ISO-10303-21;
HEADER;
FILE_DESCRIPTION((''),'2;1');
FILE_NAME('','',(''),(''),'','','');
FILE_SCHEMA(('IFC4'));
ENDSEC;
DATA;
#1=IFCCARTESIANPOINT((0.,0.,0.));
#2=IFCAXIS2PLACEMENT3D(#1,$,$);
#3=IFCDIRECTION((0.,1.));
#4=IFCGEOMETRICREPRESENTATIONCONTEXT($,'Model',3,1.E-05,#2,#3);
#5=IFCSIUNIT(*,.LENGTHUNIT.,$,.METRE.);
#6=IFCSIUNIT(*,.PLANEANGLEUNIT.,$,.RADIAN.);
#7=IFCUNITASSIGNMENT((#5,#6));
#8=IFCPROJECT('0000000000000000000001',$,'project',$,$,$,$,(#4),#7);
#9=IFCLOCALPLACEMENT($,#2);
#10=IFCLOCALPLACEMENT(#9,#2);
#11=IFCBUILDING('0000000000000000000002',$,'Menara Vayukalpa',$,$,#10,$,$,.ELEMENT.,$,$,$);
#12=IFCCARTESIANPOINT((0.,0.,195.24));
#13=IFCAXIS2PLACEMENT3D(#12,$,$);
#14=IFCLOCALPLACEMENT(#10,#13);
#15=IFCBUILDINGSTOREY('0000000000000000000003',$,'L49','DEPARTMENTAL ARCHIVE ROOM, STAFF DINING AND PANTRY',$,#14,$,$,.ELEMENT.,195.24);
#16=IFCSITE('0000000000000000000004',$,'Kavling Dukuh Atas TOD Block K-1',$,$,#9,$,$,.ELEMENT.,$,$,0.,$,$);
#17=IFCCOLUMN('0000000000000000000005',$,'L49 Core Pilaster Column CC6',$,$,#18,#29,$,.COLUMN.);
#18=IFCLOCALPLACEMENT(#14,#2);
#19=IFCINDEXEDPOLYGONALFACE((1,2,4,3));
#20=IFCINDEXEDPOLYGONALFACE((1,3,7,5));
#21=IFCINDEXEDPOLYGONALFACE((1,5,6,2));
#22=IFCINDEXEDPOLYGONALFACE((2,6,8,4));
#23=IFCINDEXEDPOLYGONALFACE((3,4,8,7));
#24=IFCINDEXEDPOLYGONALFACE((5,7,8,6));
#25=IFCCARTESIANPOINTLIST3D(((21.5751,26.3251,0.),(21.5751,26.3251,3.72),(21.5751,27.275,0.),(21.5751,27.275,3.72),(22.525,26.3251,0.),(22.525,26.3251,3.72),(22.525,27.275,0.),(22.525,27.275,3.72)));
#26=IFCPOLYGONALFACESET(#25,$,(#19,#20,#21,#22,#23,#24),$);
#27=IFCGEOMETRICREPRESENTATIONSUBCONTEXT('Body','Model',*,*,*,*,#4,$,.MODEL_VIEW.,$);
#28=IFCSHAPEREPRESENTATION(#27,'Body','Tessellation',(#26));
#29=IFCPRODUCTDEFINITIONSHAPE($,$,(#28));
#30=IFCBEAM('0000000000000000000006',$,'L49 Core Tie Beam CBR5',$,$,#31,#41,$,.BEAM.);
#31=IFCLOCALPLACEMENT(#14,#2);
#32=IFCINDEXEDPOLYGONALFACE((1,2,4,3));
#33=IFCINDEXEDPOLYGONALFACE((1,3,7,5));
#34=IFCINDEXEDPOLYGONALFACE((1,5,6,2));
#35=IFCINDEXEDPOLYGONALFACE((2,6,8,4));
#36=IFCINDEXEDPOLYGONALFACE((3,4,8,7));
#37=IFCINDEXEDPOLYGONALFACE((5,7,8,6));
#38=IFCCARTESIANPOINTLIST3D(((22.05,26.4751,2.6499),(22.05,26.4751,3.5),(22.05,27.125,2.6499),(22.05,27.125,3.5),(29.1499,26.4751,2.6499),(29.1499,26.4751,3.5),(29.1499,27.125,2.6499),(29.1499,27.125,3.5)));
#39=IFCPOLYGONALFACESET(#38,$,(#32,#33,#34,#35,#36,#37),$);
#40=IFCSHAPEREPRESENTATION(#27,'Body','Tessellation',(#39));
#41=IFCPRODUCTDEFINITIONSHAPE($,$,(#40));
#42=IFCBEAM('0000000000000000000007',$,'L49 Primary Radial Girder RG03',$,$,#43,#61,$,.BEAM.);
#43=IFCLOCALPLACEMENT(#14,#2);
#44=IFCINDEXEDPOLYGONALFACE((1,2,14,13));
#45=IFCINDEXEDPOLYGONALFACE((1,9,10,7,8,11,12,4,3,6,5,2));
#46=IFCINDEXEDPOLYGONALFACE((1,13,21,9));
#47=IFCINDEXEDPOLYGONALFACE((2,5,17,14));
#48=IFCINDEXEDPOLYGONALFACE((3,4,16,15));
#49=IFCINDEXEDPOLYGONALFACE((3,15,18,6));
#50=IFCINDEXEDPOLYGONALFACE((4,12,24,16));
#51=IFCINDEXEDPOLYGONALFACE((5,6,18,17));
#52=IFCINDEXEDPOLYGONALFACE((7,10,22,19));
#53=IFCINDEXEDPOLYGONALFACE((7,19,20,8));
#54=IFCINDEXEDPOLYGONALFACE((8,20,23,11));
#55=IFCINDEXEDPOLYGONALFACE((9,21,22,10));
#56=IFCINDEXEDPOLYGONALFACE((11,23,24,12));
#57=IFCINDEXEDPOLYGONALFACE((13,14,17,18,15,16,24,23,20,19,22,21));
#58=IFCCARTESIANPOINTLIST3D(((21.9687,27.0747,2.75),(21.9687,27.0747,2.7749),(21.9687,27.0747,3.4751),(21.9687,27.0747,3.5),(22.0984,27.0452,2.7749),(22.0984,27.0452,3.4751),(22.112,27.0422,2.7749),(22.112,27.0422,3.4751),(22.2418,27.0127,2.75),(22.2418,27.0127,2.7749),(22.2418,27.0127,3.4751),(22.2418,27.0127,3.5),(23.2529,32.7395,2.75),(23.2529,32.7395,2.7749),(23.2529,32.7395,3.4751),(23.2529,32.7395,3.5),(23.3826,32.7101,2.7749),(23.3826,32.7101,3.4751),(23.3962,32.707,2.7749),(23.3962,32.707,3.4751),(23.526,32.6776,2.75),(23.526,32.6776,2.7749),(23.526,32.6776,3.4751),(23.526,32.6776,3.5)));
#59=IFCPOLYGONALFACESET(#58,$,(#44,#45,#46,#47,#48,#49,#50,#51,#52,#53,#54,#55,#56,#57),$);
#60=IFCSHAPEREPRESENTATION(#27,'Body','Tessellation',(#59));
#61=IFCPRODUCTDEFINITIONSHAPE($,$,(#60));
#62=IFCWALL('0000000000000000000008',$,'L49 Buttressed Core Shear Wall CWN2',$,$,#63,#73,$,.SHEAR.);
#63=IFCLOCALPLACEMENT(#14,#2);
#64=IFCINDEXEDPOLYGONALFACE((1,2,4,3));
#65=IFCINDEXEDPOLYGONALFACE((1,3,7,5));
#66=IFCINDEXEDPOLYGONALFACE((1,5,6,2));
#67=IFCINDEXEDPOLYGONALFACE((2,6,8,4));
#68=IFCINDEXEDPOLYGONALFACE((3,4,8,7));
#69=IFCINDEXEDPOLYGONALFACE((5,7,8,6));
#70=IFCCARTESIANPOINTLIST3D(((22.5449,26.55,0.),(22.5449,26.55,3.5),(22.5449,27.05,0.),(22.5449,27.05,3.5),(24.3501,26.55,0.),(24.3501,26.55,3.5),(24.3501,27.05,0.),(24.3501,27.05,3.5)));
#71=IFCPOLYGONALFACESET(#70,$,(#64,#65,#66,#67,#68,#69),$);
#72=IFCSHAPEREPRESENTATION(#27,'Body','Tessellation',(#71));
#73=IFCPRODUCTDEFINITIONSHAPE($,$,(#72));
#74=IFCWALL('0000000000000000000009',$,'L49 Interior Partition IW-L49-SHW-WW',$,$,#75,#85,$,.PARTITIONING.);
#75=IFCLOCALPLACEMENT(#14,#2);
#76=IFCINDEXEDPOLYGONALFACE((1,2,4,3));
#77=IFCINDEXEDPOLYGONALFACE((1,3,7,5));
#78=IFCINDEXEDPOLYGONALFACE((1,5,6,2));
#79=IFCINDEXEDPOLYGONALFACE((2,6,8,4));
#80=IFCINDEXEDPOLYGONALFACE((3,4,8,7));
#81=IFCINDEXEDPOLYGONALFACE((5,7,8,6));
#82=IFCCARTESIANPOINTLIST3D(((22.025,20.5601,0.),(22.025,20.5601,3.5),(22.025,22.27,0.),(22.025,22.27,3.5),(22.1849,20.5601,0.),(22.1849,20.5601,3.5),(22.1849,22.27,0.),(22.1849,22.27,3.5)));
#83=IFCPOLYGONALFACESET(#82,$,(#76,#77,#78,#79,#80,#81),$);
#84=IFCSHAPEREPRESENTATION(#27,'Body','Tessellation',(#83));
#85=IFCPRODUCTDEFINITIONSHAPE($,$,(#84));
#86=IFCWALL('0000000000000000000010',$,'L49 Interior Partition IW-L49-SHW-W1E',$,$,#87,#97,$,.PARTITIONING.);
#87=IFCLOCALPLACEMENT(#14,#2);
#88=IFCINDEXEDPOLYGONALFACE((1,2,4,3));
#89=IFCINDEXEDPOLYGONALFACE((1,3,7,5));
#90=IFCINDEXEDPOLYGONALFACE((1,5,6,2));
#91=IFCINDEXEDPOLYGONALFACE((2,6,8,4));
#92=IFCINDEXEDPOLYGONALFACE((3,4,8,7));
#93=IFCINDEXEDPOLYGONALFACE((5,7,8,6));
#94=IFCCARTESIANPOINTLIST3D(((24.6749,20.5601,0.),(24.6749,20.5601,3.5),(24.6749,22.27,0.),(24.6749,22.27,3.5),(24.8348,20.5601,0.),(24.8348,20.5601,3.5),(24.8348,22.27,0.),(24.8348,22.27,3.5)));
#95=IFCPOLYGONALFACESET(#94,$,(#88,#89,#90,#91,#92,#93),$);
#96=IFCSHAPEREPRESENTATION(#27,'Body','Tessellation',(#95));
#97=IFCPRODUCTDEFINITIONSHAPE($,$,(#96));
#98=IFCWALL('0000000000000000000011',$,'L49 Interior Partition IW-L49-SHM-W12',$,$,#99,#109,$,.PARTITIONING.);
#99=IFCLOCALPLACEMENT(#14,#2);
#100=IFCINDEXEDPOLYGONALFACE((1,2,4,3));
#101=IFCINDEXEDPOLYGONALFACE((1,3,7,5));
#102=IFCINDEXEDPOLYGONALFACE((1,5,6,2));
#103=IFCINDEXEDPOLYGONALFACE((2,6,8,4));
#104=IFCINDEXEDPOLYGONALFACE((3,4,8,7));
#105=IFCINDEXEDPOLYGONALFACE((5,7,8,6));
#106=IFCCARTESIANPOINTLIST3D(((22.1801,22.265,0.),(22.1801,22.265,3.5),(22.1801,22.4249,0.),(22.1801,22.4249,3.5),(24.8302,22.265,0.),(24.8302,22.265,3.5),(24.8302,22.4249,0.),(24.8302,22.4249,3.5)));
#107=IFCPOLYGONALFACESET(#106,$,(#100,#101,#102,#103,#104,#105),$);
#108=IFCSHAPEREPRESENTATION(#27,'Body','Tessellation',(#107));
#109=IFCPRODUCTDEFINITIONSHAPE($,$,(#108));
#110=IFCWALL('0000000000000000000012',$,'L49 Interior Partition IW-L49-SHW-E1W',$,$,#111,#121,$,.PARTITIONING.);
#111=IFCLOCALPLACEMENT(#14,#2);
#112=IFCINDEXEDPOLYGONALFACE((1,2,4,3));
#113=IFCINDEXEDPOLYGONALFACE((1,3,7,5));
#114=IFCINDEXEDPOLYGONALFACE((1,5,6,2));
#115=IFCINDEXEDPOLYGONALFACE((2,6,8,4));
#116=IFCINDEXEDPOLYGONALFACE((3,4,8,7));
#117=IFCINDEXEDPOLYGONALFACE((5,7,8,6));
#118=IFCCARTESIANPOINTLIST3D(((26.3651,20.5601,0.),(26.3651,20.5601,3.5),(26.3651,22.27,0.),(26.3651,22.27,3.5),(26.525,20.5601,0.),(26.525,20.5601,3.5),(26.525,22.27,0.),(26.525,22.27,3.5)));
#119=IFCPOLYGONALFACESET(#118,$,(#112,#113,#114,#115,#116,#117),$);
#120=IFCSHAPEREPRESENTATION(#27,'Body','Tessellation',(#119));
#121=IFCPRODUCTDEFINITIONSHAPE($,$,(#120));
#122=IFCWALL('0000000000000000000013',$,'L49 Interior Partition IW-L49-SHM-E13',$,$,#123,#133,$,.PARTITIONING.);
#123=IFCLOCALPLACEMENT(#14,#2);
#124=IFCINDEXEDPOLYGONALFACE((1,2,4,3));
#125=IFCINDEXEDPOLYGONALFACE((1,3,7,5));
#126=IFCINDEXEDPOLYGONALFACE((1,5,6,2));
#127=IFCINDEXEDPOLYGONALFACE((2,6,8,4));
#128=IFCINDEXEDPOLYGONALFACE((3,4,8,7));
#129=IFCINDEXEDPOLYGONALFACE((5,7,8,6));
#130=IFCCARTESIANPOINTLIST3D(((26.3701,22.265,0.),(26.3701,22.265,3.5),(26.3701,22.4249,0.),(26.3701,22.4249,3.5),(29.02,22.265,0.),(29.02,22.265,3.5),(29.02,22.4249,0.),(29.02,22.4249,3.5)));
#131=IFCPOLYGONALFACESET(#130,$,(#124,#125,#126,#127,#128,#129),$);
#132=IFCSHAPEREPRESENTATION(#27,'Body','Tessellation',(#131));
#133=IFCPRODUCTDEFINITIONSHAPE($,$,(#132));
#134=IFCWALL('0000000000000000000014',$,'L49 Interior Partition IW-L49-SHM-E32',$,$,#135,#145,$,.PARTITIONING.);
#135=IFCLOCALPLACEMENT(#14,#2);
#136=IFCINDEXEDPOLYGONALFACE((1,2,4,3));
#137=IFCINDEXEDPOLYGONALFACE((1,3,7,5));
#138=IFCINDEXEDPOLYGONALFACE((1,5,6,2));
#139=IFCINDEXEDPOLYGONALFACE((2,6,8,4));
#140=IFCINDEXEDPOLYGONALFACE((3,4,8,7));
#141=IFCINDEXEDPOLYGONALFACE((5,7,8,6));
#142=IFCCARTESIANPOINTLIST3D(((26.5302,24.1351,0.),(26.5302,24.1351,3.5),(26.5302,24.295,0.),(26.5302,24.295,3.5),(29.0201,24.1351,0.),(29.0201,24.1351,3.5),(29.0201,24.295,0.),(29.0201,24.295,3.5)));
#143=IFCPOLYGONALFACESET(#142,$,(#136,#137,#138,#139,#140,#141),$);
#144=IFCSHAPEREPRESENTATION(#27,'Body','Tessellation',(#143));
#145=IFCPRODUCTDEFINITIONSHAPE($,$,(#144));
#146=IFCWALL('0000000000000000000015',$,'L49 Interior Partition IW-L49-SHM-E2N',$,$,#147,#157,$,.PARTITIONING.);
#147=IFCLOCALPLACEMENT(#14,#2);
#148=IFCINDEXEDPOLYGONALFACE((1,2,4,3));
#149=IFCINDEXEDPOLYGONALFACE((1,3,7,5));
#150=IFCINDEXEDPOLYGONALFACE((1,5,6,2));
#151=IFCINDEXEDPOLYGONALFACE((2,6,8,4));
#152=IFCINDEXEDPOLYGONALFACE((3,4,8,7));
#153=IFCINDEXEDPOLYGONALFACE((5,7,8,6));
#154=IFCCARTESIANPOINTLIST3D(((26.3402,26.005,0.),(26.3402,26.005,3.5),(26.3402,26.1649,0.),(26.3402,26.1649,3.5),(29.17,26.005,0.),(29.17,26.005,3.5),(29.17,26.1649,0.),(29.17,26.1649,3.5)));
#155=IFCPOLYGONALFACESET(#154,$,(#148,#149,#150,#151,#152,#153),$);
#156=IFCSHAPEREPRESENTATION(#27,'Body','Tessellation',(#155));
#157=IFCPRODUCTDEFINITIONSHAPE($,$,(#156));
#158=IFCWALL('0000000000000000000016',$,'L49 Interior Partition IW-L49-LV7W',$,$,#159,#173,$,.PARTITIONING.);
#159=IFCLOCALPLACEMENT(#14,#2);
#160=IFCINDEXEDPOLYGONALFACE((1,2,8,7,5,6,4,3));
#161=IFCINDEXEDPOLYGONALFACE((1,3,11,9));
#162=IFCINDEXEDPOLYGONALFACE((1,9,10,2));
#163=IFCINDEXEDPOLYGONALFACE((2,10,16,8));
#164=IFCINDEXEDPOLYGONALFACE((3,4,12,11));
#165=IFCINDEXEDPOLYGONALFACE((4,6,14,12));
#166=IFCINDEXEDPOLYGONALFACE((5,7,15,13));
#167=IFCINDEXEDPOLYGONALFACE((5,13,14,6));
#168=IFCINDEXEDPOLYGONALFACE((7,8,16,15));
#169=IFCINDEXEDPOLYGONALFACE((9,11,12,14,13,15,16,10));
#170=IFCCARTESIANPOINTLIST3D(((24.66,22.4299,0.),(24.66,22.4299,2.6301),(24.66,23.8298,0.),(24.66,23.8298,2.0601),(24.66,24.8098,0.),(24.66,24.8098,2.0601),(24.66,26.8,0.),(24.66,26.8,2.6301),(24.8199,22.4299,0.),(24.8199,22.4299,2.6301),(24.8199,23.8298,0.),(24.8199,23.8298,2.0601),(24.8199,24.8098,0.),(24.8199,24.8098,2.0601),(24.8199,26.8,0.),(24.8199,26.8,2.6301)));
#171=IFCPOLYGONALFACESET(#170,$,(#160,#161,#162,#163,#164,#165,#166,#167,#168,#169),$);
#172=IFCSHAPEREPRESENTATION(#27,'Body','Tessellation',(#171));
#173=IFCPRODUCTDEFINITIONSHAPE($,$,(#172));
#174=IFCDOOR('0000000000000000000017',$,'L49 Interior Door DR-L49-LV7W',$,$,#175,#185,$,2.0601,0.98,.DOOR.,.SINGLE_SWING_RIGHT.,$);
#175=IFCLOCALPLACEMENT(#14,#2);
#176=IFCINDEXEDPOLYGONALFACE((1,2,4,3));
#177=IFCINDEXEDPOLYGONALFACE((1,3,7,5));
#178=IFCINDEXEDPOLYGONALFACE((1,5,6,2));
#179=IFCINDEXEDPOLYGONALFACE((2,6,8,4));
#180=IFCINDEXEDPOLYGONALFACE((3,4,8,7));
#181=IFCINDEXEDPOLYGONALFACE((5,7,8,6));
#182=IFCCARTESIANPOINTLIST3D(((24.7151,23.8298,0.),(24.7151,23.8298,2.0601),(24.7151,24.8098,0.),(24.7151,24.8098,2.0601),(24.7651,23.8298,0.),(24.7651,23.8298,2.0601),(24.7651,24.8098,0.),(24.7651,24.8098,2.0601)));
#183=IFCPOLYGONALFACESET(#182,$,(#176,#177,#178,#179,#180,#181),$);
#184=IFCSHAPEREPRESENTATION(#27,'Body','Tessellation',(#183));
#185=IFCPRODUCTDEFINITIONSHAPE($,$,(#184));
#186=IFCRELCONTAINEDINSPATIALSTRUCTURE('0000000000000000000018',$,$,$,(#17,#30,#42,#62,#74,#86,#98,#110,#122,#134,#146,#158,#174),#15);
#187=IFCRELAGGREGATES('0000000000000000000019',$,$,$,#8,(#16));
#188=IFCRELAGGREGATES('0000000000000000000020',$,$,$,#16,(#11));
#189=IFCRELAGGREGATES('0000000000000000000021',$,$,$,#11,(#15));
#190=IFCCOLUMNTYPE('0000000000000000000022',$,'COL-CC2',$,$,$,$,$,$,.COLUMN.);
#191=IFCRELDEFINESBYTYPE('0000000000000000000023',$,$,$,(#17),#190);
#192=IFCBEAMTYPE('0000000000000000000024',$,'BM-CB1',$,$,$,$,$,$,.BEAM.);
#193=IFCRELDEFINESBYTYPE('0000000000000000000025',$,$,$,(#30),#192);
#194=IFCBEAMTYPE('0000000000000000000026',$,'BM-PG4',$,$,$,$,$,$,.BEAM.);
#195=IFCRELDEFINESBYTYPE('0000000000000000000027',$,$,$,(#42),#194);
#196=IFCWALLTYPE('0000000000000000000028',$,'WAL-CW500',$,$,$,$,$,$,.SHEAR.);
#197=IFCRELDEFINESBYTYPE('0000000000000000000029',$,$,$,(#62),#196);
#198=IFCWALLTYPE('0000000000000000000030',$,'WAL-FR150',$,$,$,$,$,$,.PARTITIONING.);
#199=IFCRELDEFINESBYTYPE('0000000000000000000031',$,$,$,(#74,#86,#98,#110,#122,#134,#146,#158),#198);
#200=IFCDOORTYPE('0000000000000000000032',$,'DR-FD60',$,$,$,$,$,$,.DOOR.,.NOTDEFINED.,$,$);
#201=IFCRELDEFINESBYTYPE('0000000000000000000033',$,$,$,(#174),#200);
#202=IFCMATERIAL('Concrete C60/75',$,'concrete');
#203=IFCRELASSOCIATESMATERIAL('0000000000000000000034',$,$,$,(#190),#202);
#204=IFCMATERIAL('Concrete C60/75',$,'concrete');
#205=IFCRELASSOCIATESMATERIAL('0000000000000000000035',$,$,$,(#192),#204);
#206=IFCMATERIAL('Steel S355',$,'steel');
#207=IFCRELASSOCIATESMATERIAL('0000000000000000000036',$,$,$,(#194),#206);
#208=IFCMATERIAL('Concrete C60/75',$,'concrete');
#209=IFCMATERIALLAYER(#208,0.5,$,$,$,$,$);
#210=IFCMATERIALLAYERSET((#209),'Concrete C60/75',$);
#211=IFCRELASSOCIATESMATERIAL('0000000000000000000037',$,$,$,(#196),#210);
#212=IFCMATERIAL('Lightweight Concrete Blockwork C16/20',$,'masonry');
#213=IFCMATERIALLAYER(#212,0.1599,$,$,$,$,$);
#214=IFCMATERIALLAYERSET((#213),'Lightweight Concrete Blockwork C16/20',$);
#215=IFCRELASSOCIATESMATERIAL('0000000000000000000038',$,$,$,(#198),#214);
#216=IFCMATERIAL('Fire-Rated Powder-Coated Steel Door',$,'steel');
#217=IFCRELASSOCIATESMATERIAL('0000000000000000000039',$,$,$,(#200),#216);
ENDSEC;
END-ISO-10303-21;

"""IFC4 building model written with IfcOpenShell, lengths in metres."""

from ifc_helpers import new_model, si_unit, direction, frame, frame_2d, origin, origin_2d, place, context, subcontext, project, spatial, rectangle, i_section, extrude, material, layer, layer_set, material_profile, profile_set, type_object, element, fill, save


model = new_model("IFC4")

# Units and contexts
model_context = context("Model", 3, precision=1e-05, world=origin(), true_north=direction((0.0, 1.0)))
body_context = subcontext(model_context, "Body", "Model", "MODEL_VIEW")
ifc_project = project(units=[si_unit("LENGTHUNIT", "METRE"), si_unit("PLANEANGLEUNIT", "RADIAN")], contexts=[model_context])

# Site, building, storey
site_placement = place(None, origin())
site = spatial("IfcSite", under=ifc_project, at=site_placement, Name="Kavling Dukuh Atas TOD Block K-1", CompositionType="ELEMENT", RefElevation=0.0)
building_placement = place(site_placement, origin())
building = spatial("IfcBuilding", under=site, at=building_placement, Name="Menara Vayukalpa", CompositionType="ELEMENT")
storey_placement = place(building_placement, frame((0.0, 0.0, 195.24)))
storey = spatial("IfcBuildingStorey", under=building, at=storey_placement, Name="L49", Description="DEPARTMENTAL ARCHIVE ROOM, STAFF DINING AND PANTRY", CompositionType="ELEMENT", Elevation=195.24)

# Column
ifc_material_1 = material(Name="Concrete C60/75", Category="concrete")
ifc_material_profile_1 = material_profile(ifc_material_1, rectangle(XDim=0.95, YDim=0.95, at=origin_2d()), Name="RC 950x950")
ifc_profile_set_1 = profile_set([ifc_material_profile_1], Name="Concrete C60/75")
column_type = type_object("IfcColumnType", Name="COL-CC2", PredefinedType="COLUMN", material=ifc_profile_set_1)
column_placement = place(storey_placement, frame((22.05, 26.8, 0.0), z_axis=(0.0, 0.0, 1.0), x_axis=(1.0, 0.0, 0.0)))
element("IfcColumn", 1, at=column_placement, inside=storey, type_object=column_type, Name="L49 Core Pilaster Column CC6", PredefinedType="COLUMN", context=body_context, shape_type="SweptSolid", body=[
    extrude(rectangle(XDim=0.95, YDim=0.95, at=origin_2d()), origin(), (0.0, 0.0, 1.0), 3.72),
])

# Beams
ifc_material_2 = material(Name="Concrete C60/75", Category="concrete")
ifc_material_profile_2 = material_profile(ifc_material_2, rectangle(XDim=0.6499, YDim=0.8501, at=origin_2d()), Name="RC 650x850")
ifc_profile_set_2 = profile_set([ifc_material_profile_2], Name="Concrete C60/75")
beam_type_1 = type_object("IfcBeamType", Name="BM-CB1", PredefinedType="BEAM", material=ifc_profile_set_2)
beam_1_placement = place(storey_placement, frame((22.05, 26.8, 3.075), z_axis=(1.0, 0.0, 0.0), x_axis=(0.0, 1.0, 0.0)))
element("IfcBeam", 2, at=beam_1_placement, inside=storey, type_object=beam_type_1, Name="L49 Core Tie Beam CBR5", PredefinedType="BEAM", context=body_context, shape_type="SweptSolid", body=[
    extrude(rectangle(XDim=0.6499, YDim=0.8501, at=origin_2d()), origin(), (0.0, 0.0, 1.0), 7.0999),
])
ifc_material_3 = material(Name="Steel S355", Category="steel")
ifc_material_profile_3 = material_profile(ifc_material_3, i_section(OverallWidth=0.28, OverallDepth=0.75, WebThickness=0.0139, FlangeThickness=0.0249, at=origin_2d()), Name="WF 750x280x14x25")
ifc_profile_set_3 = profile_set([ifc_material_profile_3], Name="Steel S355")
beam_type_2 = type_object("IfcBeamType", Name="BM-PG4", PredefinedType="BEAM", material=ifc_profile_set_3)
beam_2_placement = place(storey_placement, frame((22.1052, 27.0437, 3.125), z_axis=(0.221085, 0.975255, 0.0), x_axis=(-0.975255, 0.221085, 0.0)))
element("IfcBeam", 3, at=beam_2_placement, inside=storey, type_object=beam_type_2, Name="L49 Primary Radial Girder RG03", PredefinedType="BEAM", context=body_context, shape_type="SweptSolid", body=[
    extrude(i_section(OverallWidth=0.28, OverallDepth=0.75, WebThickness=0.0139, FlangeThickness=0.0249, at=origin_2d()), origin(), (0.0, 0.0, 1.0), 5.8086),
])

# Walls
ifc_material_4 = material(Name="Concrete C60/75", Category="concrete")
ifc_layer_1 = layer(ifc_material_4, 0.5)
ifc_layer_set_1 = layer_set([ifc_layer_1], Name="Concrete C60/75")
wall_type_1 = type_object("IfcWallType", Name="WAL-CW500", PredefinedType="SHEAR", material=ifc_layer_set_1)
wall_1_placement = place(storey_placement, frame((22.5449, 26.8, 0.0), z_axis=(0.0, 0.0, 1.0), x_axis=(1.0, 0.0, 0.0)))
element("IfcWall", 4, at=wall_1_placement, inside=storey, type_object=wall_type_1, Name="L49 Buttressed Core Shear Wall CWN2", PredefinedType="SHEAR", context=body_context, shape_type="SweptSolid", body=[
    extrude(rectangle(XDim=1.8052, YDim=0.5, at=frame_2d((0.9026, 0.0))), origin(), (0.0, 0.0, 1.0), 3.5),
])
ifc_material_5 = material(Name="Lightweight Concrete Blockwork C16/20", Category="masonry")
ifc_layer_2 = layer(ifc_material_5, 0.1599)
ifc_layer_set_2 = layer_set([ifc_layer_2], Name="Lightweight Concrete Blockwork C16/20")
wall_type_2 = type_object("IfcWallType", Name="WAL-FR150", PredefinedType="PARTITIONING", material=ifc_layer_set_2)
for number, where, z_axis, x_axis, name in (
    (5, (22.105, 20.5601, 0.0), (0.0, 0.0, 1.0), (0.0, 1.0, 0.0), "L49 Interior Partition IW-L49-SHW-WW"),
    (6, (24.7549, 20.5601, 0.0), (0.0, 0.0, 1.0), (0.0, 1.0, 0.0), "L49 Interior Partition IW-L49-SHW-W1E"),
):
    element("IfcWall", number, at=place(storey_placement, frame(where, z_axis=z_axis, x_axis=x_axis)), inside=storey, type_object=wall_type_2, Name=name, PredefinedType="PARTITIONING", context=body_context, shape_type="SweptSolid", body=[
        extrude(rectangle(XDim=1.71, YDim=0.1599, at=frame_2d((0.855, 0.0))), origin(), (0.0, 0.0, 1.0), 3.5),
    ])
wall_2_placement = place(storey_placement, frame((22.1799, 22.345, 0.0), z_axis=(0.0, 0.0, 1.0), x_axis=(1.0, 0.0, 0.0)))
element("IfcWall", 7, at=wall_2_placement, inside=storey, type_object=wall_type_2, Name="L49 Interior Partition IW-L49-SHM-W12", PredefinedType="PARTITIONING", context=body_context, shape_type="SweptSolid", body=[
    extrude(rectangle(XDim=2.6501, YDim=0.1599, at=frame_2d((1.3252, 0.0))), origin(), (0.0, 0.0, 1.0), 3.5),
])
wall_3_placement = place(storey_placement, frame((26.4451, 20.5601, 0.0), z_axis=(0.0, 0.0, 1.0), x_axis=(0.0, 1.0, 0.0)))
element("IfcWall", 8, at=wall_3_placement, inside=storey, type_object=wall_type_2, Name="L49 Interior Partition IW-L49-SHW-E1W", PredefinedType="PARTITIONING", context=body_context, shape_type="SweptSolid", body=[
    extrude(rectangle(XDim=1.71, YDim=0.1599, at=frame_2d((0.855, 0.0))), origin(), (0.0, 0.0, 1.0), 3.5),
])
wall_4_placement = place(storey_placement, frame((26.3701, 22.345, 0.0), z_axis=(0.0, 0.0, 1.0), x_axis=(1.0, 0.0, 0.0)))
element("IfcWall", 9, at=wall_4_placement, inside=storey, type_object=wall_type_2, Name="L49 Interior Partition IW-L49-SHM-E13", PredefinedType="PARTITIONING", context=body_context, shape_type="SweptSolid", body=[
    extrude(rectangle(XDim=2.6499, YDim=0.1599, at=frame_2d((1.325, 0.0))), origin(), (0.0, 0.0, 1.0), 3.5),
])
wall_5_placement = place(storey_placement, frame((26.53, 24.2151, 0.0), z_axis=(0.0, 0.0, 1.0), x_axis=(1.0, 0.0, 0.0)))
element("IfcWall", 10, at=wall_5_placement, inside=storey, type_object=wall_type_2, Name="L49 Interior Partition IW-L49-SHM-E32", PredefinedType="PARTITIONING", context=body_context, shape_type="SweptSolid", body=[
    extrude(rectangle(XDim=2.49, YDim=0.1599, at=frame_2d((1.2451, 0.0))), origin(), (0.0, 0.0, 1.0), 3.5),
])
wall_6_placement = place(storey_placement, frame((26.3401, 26.085, 0.0), z_axis=(0.0, 0.0, 1.0), x_axis=(1.0, 0.0, 0.0)))
element("IfcWall", 11, at=wall_6_placement, inside=storey, type_object=wall_type_2, Name="L49 Interior Partition IW-L49-SHM-E2N", PredefinedType="PARTITIONING", context=body_context, shape_type="SweptSolid", body=[
    extrude(rectangle(XDim=2.8298, YDim=0.1599, at=frame_2d((1.415, 0.0))), origin(), (0.0, 0.0, 1.0), 3.5),
])

# Wall, opening, door
wall_7_placement = place(storey_placement, frame((24.74, 22.4299, 0.0), z_axis=(0.0, 0.0, 1.0), x_axis=(0.0, 1.0, 0.0)))
wall_7 = element("IfcWall", 12, at=wall_7_placement, inside=storey, type_object=wall_type_2, Name="L49 Interior Partition IW-L49-LV7W", PredefinedType="PARTITIONING", context=body_context, shape_type="SweptSolid", body=[
    extrude(rectangle(XDim=4.3701, YDim=0.1599, at=frame_2d((2.1851, 0.0))), origin(), (0.0, 0.0, 1.0), 2.6301),
])
opening_1_placement = place(wall_7_placement, frame((1.3999, 0.0, 0.0)))
opening_1 = element("IfcOpeningElement", 13, at=opening_1_placement, cuts=wall_7, PredefinedType="OPENING", context=body_context, shape_type="SweptSolid", body=[
    extrude(rectangle(XDim=0.98, YDim=2.0601, at=frame_2d((0.49, 1.03))), frame((0.0, 0.0898, 0.0), z_axis=(0.0, -1.0, 0.0), x_axis=(1.0, 0.0, 0.0)), (0.0, 0.0, 1.0), 0.1799),
])
ifc_material_6 = material(Name="Fire-Rated Powder-Coated Steel Door", Category="steel")
door_type_1 = type_object("IfcDoorType", Name="DR-FD60", OperationType="NOTDEFINED", PredefinedType="DOOR", material=ifc_material_6)
door_1_placement = place(opening_1_placement, origin())
door_1 = element("IfcDoor", 14, at=door_1_placement, inside=storey, type_object=door_type_1, Name="L49 Interior Door DR-L49-LV7W", OperationType="SINGLE_SWING_RIGHT", OverallHeight=2.0601, OverallWidth=0.98, PredefinedType="DOOR", context=body_context, shape_type="SweptSolid", body=[
    extrude(rectangle(XDim=0.98, YDim=2.0601, at=frame_2d((0.49, 1.03))), frame((0.0, 0.0249, 0.0), z_axis=(0.0, -1.0, 0.0), x_axis=(1.0, 0.0, 0.0)), (0.0, 0.0, 1.0), 0.05),
])
fill(opening_1, door_1)

save(model, "model.ifc")
